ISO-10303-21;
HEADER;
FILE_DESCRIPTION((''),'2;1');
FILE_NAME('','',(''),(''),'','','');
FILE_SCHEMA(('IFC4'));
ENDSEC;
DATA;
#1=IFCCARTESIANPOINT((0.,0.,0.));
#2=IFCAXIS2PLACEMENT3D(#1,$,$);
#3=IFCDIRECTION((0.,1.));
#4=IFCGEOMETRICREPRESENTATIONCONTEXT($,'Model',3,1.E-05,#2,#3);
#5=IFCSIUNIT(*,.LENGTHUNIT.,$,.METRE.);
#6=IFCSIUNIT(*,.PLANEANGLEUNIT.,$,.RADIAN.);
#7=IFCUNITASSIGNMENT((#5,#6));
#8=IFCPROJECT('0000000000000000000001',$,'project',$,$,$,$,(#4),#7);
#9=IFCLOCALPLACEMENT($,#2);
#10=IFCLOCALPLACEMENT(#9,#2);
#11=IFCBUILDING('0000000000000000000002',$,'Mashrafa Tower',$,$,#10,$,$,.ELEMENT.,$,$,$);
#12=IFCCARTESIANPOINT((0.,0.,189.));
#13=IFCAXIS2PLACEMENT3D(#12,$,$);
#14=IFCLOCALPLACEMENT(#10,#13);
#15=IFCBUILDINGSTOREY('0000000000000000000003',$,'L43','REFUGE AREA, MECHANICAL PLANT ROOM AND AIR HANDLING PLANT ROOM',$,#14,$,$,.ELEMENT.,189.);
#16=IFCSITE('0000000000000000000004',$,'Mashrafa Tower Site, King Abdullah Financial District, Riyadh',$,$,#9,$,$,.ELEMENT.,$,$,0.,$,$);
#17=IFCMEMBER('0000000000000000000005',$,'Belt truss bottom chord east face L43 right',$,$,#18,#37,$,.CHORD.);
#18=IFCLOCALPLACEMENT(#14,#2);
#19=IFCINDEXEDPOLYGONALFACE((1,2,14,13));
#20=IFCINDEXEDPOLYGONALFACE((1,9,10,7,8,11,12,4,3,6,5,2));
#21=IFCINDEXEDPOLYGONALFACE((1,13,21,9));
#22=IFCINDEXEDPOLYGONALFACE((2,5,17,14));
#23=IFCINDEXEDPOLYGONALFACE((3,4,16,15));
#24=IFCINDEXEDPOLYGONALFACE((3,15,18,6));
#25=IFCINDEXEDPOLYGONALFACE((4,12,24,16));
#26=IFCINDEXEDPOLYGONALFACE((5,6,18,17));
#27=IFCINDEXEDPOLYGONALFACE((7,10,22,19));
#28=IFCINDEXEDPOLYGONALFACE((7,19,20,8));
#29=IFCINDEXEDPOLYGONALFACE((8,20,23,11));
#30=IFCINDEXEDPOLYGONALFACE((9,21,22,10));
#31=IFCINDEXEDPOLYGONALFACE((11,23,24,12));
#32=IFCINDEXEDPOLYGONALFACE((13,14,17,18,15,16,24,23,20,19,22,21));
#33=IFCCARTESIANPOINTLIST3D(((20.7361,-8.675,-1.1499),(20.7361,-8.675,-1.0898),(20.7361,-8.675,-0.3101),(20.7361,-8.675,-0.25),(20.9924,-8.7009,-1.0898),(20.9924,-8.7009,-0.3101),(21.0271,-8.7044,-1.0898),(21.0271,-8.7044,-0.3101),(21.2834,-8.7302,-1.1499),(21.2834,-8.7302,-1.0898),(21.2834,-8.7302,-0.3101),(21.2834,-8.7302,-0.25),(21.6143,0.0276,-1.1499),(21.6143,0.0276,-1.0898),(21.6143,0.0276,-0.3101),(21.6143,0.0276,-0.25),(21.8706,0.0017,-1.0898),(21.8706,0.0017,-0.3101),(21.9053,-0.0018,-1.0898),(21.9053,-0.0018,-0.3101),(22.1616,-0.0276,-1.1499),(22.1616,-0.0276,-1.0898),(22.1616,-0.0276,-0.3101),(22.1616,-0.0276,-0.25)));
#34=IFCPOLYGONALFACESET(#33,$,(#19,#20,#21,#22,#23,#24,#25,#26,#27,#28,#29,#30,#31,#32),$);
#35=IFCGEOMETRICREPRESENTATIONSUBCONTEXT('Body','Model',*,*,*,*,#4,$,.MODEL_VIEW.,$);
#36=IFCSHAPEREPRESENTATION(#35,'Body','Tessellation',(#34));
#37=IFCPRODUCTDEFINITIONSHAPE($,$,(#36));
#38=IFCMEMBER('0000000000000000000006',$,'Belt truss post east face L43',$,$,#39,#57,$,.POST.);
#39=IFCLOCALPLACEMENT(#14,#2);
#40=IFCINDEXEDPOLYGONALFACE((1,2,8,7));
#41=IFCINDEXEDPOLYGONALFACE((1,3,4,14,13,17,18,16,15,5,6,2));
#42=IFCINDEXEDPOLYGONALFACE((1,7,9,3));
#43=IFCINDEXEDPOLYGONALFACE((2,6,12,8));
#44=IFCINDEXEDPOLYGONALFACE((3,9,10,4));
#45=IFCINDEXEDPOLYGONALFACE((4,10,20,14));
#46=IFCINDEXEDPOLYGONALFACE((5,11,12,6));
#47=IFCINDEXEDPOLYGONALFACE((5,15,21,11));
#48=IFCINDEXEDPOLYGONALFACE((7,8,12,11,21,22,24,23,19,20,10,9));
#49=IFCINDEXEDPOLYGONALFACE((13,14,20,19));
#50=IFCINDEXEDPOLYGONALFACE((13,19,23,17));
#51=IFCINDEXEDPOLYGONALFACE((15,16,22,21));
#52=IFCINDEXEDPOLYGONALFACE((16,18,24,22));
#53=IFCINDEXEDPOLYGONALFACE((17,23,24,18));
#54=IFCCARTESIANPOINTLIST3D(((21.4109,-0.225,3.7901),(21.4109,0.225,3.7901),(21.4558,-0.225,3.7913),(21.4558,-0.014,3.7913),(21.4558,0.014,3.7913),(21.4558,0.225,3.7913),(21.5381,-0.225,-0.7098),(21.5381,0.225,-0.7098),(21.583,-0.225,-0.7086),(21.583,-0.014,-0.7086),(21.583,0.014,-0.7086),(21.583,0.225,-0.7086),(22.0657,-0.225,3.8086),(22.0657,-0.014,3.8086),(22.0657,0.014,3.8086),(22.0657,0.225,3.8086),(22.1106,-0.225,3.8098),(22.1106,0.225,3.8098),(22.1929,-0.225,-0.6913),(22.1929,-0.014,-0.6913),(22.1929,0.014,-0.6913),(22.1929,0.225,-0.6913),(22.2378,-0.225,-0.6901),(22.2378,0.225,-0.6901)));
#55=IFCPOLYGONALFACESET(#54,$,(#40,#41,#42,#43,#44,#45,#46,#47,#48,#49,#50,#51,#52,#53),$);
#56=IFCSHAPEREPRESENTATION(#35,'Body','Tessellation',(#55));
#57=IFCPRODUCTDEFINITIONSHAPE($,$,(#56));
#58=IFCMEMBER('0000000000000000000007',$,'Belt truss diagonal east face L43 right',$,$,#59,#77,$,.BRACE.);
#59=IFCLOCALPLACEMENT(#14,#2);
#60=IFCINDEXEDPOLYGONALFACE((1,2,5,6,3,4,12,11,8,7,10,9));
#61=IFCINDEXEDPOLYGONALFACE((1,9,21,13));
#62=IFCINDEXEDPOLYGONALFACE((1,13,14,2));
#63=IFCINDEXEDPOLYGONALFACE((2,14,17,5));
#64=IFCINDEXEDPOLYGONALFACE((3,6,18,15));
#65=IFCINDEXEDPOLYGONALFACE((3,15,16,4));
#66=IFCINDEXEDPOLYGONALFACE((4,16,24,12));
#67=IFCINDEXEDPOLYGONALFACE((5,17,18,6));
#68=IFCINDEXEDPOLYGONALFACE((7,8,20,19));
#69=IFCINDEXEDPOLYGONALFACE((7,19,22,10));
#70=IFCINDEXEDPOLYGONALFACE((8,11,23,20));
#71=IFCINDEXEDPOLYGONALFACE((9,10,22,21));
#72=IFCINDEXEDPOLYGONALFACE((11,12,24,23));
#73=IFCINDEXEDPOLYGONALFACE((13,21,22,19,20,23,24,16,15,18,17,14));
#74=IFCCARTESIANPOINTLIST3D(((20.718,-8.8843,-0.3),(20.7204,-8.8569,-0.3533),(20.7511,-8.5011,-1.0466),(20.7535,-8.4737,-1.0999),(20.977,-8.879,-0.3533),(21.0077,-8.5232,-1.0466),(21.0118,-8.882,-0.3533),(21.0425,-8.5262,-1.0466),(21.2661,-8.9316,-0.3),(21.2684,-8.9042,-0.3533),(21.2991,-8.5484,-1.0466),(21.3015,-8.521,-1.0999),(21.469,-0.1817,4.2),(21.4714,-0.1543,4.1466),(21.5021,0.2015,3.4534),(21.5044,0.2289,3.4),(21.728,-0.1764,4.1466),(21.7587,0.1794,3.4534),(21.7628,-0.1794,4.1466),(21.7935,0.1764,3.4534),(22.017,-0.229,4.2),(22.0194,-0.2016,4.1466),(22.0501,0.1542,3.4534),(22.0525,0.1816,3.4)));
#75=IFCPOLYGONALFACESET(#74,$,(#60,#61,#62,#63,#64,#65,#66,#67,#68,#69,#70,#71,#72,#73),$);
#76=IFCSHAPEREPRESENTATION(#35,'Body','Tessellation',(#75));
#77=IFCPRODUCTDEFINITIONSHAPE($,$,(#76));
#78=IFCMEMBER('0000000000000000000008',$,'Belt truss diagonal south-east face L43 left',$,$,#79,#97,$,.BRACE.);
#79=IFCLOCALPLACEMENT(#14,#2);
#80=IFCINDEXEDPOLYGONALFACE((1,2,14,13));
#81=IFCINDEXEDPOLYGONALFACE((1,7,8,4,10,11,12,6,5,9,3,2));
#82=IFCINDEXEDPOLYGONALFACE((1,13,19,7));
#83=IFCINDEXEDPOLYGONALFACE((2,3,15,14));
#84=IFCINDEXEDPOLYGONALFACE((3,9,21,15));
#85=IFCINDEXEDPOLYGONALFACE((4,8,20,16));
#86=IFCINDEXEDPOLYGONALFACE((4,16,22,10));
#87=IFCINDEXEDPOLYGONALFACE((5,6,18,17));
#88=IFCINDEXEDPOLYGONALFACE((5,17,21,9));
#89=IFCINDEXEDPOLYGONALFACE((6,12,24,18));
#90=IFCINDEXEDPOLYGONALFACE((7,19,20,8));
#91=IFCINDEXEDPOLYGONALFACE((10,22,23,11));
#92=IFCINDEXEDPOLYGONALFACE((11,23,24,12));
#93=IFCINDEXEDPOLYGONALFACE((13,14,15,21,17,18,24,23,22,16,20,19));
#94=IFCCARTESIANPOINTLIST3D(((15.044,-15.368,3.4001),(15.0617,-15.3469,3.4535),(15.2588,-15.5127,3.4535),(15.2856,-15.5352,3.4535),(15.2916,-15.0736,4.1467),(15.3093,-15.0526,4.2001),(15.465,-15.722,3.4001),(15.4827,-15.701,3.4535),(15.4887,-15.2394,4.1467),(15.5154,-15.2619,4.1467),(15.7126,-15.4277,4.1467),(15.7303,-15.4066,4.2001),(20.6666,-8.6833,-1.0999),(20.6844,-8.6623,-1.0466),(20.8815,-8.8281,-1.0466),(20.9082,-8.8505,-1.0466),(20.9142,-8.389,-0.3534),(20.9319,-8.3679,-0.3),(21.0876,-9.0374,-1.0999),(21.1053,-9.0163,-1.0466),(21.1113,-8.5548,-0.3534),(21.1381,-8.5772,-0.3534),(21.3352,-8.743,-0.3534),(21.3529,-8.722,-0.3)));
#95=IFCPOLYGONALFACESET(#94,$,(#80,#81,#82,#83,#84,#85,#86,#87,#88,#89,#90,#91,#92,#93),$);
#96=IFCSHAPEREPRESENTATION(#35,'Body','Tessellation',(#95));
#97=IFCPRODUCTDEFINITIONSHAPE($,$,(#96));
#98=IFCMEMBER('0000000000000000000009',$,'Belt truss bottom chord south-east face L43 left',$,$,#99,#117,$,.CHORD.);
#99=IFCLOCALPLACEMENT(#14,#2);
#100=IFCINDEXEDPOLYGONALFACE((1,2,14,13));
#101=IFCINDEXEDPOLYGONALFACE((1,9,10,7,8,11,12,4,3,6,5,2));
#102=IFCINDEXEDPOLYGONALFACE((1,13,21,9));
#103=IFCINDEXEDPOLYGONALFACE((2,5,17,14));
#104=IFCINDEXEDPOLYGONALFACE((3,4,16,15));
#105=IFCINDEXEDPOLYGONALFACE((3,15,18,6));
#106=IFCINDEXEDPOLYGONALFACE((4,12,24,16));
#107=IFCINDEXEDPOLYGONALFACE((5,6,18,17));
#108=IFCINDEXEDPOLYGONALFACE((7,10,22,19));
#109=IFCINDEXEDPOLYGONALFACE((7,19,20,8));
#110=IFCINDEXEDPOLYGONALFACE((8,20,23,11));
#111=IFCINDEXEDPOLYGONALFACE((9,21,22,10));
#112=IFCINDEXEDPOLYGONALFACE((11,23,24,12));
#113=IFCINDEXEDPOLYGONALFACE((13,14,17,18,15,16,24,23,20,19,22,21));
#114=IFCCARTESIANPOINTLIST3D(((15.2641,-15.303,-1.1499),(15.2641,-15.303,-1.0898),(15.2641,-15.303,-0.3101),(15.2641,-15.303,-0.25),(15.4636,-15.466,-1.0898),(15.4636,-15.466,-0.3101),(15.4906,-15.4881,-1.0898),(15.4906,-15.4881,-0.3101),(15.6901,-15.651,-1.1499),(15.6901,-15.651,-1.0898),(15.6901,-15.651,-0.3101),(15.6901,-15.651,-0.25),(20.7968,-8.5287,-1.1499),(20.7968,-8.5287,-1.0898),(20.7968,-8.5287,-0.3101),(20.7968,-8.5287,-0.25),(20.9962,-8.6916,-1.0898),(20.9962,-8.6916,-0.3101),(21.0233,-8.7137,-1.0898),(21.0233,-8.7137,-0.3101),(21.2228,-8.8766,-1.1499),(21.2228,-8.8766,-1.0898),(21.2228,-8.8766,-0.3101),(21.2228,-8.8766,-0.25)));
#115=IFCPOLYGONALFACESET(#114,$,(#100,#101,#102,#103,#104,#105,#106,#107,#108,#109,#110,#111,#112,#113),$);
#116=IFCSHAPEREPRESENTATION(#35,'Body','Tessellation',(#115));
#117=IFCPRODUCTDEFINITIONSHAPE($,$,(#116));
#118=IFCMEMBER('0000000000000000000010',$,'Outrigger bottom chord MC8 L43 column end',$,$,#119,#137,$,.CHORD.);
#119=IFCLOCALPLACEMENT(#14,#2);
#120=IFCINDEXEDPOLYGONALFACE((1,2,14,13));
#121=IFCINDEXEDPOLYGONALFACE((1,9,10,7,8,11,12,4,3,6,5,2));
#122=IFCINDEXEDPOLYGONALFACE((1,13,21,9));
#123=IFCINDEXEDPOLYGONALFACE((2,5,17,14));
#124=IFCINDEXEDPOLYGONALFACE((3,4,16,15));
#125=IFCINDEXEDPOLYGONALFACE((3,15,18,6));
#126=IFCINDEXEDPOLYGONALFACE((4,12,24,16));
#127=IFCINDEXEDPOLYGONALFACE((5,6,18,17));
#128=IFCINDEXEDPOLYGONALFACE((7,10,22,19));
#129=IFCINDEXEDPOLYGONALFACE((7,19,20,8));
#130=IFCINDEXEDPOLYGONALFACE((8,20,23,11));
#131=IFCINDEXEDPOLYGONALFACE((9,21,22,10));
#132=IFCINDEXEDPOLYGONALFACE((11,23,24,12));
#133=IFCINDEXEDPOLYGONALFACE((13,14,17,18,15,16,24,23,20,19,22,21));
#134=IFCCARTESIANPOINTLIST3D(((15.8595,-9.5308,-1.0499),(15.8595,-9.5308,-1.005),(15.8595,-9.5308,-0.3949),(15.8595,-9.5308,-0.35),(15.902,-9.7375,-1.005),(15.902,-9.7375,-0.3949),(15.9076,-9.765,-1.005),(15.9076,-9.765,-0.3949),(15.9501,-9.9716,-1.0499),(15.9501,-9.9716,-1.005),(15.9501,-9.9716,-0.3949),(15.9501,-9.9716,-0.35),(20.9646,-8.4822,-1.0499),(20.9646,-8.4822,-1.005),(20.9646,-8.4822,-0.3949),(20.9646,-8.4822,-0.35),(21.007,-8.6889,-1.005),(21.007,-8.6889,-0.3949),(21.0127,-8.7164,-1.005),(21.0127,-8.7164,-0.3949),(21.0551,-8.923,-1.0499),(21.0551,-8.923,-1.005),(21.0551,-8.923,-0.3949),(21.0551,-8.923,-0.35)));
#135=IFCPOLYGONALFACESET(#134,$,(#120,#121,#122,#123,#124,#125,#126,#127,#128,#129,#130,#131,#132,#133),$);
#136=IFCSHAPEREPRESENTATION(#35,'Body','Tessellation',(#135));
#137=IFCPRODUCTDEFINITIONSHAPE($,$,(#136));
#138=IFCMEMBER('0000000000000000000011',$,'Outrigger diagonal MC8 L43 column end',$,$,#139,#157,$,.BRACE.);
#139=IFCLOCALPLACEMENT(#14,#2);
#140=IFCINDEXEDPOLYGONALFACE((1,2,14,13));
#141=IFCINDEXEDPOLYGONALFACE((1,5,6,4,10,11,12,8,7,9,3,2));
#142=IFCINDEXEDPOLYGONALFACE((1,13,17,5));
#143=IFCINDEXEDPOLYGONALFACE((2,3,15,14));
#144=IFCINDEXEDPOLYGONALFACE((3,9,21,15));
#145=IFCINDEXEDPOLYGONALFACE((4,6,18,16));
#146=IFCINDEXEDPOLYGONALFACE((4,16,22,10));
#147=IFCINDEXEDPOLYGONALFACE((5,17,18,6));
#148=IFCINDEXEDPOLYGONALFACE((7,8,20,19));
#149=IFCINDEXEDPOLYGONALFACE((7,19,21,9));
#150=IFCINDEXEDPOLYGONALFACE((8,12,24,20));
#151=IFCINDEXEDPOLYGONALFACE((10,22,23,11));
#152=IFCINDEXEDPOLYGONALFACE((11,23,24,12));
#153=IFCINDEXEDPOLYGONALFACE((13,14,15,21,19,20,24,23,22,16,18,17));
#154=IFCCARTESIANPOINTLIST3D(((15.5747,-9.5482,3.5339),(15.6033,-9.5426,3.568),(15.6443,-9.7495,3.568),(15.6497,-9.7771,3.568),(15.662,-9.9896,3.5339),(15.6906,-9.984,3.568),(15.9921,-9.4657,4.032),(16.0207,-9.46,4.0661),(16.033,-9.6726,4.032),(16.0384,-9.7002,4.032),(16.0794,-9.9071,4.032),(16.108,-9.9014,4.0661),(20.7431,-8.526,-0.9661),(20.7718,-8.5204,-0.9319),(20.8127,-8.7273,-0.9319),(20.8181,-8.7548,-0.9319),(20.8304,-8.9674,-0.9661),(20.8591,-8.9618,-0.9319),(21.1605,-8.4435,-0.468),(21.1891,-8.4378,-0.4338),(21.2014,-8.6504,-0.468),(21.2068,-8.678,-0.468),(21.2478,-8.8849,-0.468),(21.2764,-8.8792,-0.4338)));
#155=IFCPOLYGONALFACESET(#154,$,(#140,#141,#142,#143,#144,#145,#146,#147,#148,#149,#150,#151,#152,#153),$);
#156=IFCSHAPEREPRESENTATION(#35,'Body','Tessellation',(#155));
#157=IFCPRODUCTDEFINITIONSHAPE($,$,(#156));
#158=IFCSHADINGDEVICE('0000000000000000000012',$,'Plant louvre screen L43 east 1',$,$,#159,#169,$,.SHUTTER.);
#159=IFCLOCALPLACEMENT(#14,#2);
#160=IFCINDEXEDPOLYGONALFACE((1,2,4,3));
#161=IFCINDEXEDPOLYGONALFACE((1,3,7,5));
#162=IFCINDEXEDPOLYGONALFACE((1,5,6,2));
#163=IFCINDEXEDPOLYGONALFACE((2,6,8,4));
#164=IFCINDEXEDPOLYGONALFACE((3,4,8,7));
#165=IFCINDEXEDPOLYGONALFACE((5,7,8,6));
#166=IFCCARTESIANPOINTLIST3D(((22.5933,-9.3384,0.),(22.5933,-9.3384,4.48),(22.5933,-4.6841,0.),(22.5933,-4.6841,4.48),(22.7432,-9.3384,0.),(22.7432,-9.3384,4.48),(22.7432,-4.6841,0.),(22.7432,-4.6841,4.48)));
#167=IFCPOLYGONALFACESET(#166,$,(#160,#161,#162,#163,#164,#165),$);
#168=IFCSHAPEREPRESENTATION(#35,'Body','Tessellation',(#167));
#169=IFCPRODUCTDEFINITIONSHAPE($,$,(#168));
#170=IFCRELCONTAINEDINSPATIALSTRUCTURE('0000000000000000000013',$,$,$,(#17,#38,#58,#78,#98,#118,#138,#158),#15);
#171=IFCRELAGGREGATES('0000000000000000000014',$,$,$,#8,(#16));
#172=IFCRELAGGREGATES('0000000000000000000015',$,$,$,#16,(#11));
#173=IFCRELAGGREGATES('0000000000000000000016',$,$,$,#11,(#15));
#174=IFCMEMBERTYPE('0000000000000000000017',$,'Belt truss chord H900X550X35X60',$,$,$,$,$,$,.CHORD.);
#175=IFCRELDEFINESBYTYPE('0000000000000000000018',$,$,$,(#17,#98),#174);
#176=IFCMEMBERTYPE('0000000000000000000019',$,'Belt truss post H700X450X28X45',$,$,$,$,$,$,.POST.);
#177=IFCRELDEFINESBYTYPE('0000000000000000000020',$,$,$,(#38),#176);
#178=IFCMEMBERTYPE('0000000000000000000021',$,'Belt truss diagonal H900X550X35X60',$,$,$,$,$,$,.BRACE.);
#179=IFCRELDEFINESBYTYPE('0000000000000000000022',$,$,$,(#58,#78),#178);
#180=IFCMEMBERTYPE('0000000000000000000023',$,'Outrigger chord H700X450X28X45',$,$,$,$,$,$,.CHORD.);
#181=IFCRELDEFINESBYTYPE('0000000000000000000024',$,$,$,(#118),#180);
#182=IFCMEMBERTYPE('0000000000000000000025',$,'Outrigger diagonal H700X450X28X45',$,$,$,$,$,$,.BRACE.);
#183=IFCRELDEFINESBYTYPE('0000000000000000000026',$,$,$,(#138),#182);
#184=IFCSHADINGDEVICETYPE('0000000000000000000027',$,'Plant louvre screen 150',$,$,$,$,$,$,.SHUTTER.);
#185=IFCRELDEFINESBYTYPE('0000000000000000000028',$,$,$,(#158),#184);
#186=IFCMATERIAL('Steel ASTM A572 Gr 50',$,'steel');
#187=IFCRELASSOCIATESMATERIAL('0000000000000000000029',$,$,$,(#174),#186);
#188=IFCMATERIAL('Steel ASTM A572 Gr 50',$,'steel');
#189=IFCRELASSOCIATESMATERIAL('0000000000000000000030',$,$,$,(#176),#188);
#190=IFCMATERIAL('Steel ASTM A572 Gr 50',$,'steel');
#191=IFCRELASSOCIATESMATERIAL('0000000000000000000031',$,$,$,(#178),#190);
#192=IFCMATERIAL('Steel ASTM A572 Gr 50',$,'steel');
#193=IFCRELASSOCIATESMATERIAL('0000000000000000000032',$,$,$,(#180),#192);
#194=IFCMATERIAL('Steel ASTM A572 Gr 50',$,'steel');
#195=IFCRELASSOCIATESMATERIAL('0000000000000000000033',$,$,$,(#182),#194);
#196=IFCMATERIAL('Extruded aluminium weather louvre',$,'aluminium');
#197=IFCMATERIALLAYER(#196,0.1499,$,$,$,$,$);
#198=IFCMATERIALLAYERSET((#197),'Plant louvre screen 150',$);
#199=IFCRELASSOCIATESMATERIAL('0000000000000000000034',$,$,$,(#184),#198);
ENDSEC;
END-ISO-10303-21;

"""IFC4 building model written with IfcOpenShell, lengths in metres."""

from ifc_helpers import new_model, si_unit, direction, frame, origin, origin_2d, place, context, subcontext, project, spatial, rectangle, i_section, extrude, source, transform, mapped, material, layer, layer_set, material_profile, profile_set, type_object, type_shapes, element, save


model = new_model("IFC4")

# Units and contexts
model_context = context("Model", 3, precision=1e-05, world=origin(), true_north=direction((0.0, 1.0)))
body_context = subcontext(model_context, "Body", "Model", "MODEL_VIEW")
ifc_project = project(units=[si_unit("LENGTHUNIT", "METRE"), si_unit("PLANEANGLEUNIT", "RADIAN")], contexts=[model_context])

# Site, building, storey
site_placement = place(None, origin())
site = spatial("IfcSite", under=ifc_project, at=site_placement, Name="Mashrafa Tower Site, King Abdullah Financial District, Riyadh", CompositionType="ELEMENT", RefElevation=0.0)
building_placement = place(site_placement, origin())
building = spatial("IfcBuilding", under=site, at=building_placement, Name="Mashrafa Tower", CompositionType="ELEMENT")
storey_placement = place(building_placement, frame((0.0, 0.0, 189.0)))
storey = spatial("IfcBuildingStorey", under=building, at=storey_placement, Name="L43", Description="REFUGE AREA, MECHANICAL PLANT ROOM AND AIR HANDLING PLANT ROOM", CompositionType="ELEMENT", Elevation=189.0)

# Members
ifc_material_1 = material(Name="Steel ASTM A572 Gr 50", Category="steel")
ifc_material_profile_1 = material_profile(ifc_material_1, i_section(OverallWidth=0.55, OverallDepth=0.8999, WebThickness=0.0349, FlangeThickness=0.0601, at=origin_2d()), Name="H900X550X35X60")
ifc_profile_set_1 = profile_set([ifc_material_profile_1], Name="Steel ASTM A572 Gr 50")
member_type_1 = type_object("IfcMemberType", Name="Belt truss chord H900X550X35X60", PredefinedType="CHORD", material=ifc_profile_set_1)
shared_shape_1 = source(origin(), body_context, "Body", "SweptSolid", [
    extrude(i_section(OverallWidth=0.55, OverallDepth=0.8999, WebThickness=0.0349, FlangeThickness=0.0601, at=origin_2d()), origin(), (0.0, 0.0, 1.0), 8.7468),
])
member_1_placement = place(storey_placement, frame((21.0098, -8.7026, -0.7), z_axis=(0.100399, 0.994947, 0.0), x_axis=(-0.994947, 0.100399, 0.0)))
element("IfcMember", 1, at=member_1_placement, inside=storey, type_object=member_type_1, Name="Belt truss bottom chord east face L43 right", PredefinedType="CHORD", context=body_context, shape_type="MappedRepresentation", body=[
    mapped(shared_shape_1, transform((0.0, 0.0, 0.0))),
])
ifc_material_2 = material(Name="Steel ASTM A572 Gr 50", Category="steel")
ifc_material_profile_2 = material_profile(ifc_material_2, i_section(OverallWidth=0.45, OverallDepth=0.7, WebThickness=0.0281, FlangeThickness=0.0449, at=origin_2d()), Name="H700X450X28X45")
ifc_profile_set_2 = profile_set([ifc_material_profile_2], Name="Steel ASTM A572 Gr 50")
member_type_2 = type_object("IfcMemberType", Name="Belt truss post H700X450X28X45", PredefinedType="POST", material=ifc_profile_set_2)
shared_shape_2 = source(origin(), body_context, "Body", "SweptSolid", [
    extrude(i_section(OverallWidth=0.45, OverallDepth=0.7, WebThickness=0.0281, FlangeThickness=0.0449, at=origin_2d()), origin(), (0.0, 0.0, 1.0), 4.5017),
])
type_shapes(member_type_2, [shared_shape_2])
member_2_placement = place(storey_placement, frame((21.8879, 0.0, -0.7), z_axis=(-0.028255, 0.0, 0.999601), x_axis=(0.0, -1.0, 0.0)))
element("IfcMember", 2, at=member_2_placement, inside=storey, type_object=member_type_2, Name="Belt truss post east face L43", PredefinedType="POST", context=body_context, shape_type="MappedRepresentation", body=[
    mapped(shared_shape_2, transform((0.0, 0.0, 0.0))),
])
ifc_material_3 = material(Name="Steel ASTM A572 Gr 50", Category="steel")
ifc_material_profile_3 = material_profile(ifc_material_3, i_section(OverallWidth=0.55, OverallDepth=0.8999, WebThickness=0.0349, FlangeThickness=0.0601, at=origin_2d()), Name="H900X550X35X60")
ifc_profile_set_3 = profile_set([ifc_material_profile_3], Name="Steel ASTM A572 Gr 50")
member_type_3 = type_object("IfcMemberType", Name="Belt truss diagonal H900X550X35X60", PredefinedType="BRACE", material=ifc_profile_set_3)
shared_shape_3 = source(origin(), body_context, "Body", "SweptSolid", [
    extrude(i_section(OverallWidth=0.55, OverallDepth=0.8999, WebThickness=0.0349, FlangeThickness=0.0601, at=origin_2d()), origin(), (0.0, 0.0, 1.0), 9.8259),
])
type_shapes(member_type_3, [shared_shape_3])
for number, where, z_axis, x_axis, name in (
    (3, (21.0098, -8.7026, -0.7), (0.076428, 0.885676, 0.45797), (-0.996297, 0.085973, 0.0), "Belt truss diagonal east face L43 right"),
    (4, (21.0098, -8.7026, -0.7), (-0.572223, -0.680307, 0.457977), (0.765281, -0.643697, 0.0), "Belt truss diagonal south-east face L43 left"),
):
    element("IfcMember", number, at=place(storey_placement, frame(where, z_axis=z_axis, x_axis=x_axis)), inside=storey, type_object=member_type_3, Name=name, PredefinedType="BRACE", context=body_context, shape_type="MappedRepresentation", body=[
        mapped(shared_shape_3, transform((0.0, 0.0, 0.0))),
    ])
shared_shape_4 = source(origin(), body_context, "Body", "SweptSolid", [
    extrude(i_section(OverallWidth=0.55, OverallDepth=0.8999, WebThickness=0.0349, FlangeThickness=0.0601, at=origin_2d()), origin(), (0.0, 0.0, 1.0), 8.7466),
])
type_shapes(member_type_1, [shared_shape_1, shared_shape_4])
member_3_placement = place(storey_placement, frame((21.0098, -8.7026, -0.7), z_axis=(-0.632554, -0.774517, 0.0), x_axis=(0.774517, -0.632554, 0.0)))
element("IfcMember", 5, at=member_3_placement, inside=storey, type_object=member_type_1, Name="Belt truss bottom chord south-east face L43 left", PredefinedType="CHORD", context=body_context, shape_type="MappedRepresentation", body=[
    mapped(shared_shape_4, transform((0.0, 0.0, 0.0))),
])
ifc_material_4 = material(Name="Steel ASTM A572 Gr 50", Category="steel")
ifc_material_profile_4 = material_profile(ifc_material_4, i_section(OverallWidth=0.45, OverallDepth=0.7, WebThickness=0.0281, FlangeThickness=0.0449, at=origin_2d()), Name="H700X450X28X45")
ifc_profile_set_4 = profile_set([ifc_material_profile_4], Name="Steel ASTM A572 Gr 50")
member_type_4 = type_object("IfcMemberType", Name="Outrigger chord H700X450X28X45", PredefinedType="CHORD", material=ifc_profile_set_4)
shared_shape_5 = source(origin(), body_context, "Body", "SweptSolid", [
    extrude(i_section(OverallWidth=0.45, OverallDepth=0.7, WebThickness=0.0281, FlangeThickness=0.0449, at=origin_2d()), origin(), (0.0, 0.0, 1.0), 5.2117),
])
type_shapes(member_type_4, [shared_shape_5])
member_4_placement = place(storey_placement, frame((15.9048, -9.7512, -0.7), z_axis=(0.979549, 0.201203, 0.0), x_axis=(-0.201203, 0.979549, 0.0)))
element("IfcMember", 6, at=member_4_placement, inside=storey, type_object=member_type_4, Name="Outrigger bottom chord MC8 L43 column end", PredefinedType="CHORD", context=body_context, shape_type="MappedRepresentation", body=[
    mapped(shared_shape_5, transform((0.0, 0.0, 0.0))),
])
ifc_material_5 = material(Name="Steel ASTM A572 Gr 50", Category="steel")
ifc_material_profile_5 = material_profile(ifc_material_5, i_section(OverallWidth=0.45, OverallDepth=0.7, WebThickness=0.0281, FlangeThickness=0.0449, at=origin_2d()), Name="H700X450X28X45")
ifc_profile_set_5 = profile_set([ifc_material_profile_5], Name="Steel ASTM A572 Gr 50")
member_type_5 = type_object("IfcMemberType", Name="Outrigger diagonal H700X450X28X45", PredefinedType="BRACE", material=ifc_profile_set_5)
shared_shape_6 = source(origin(), body_context, "Body", "SweptSolid", [
    extrude(i_section(OverallWidth=0.45, OverallDepth=0.7, WebThickness=0.0281, FlangeThickness=0.0449, at=origin_2d()), origin(), (0.0, 0.0, 1.0), 6.9287),
])
type_shapes(member_type_5, [shared_shape_6])
member_5_placement = place(storey_placement, frame((21.0098, -8.7026, -0.7), z_axis=(-0.745941, -0.147532, 0.649466), x_axis=(0.194022, -0.980997, 0.0)))
element("IfcMember", 7, at=member_5_placement, inside=storey, type_object=member_type_5, Name="Outrigger diagonal MC8 L43 column end", PredefinedType="BRACE", context=body_context, shape_type="MappedRepresentation", body=[
    mapped(shared_shape_6, transform((0.0, 0.0, 0.0))),
])

# Shading device
ifc_material_6 = material(Name="Extruded aluminium weather louvre", Category="aluminium")
ifc_layer = layer(ifc_material_6, 0.1499)
ifc_layer_set = layer_set([ifc_layer], Name="Plant louvre screen 150")
shading_device_type = type_object("IfcShadingDeviceType", Name="Plant louvre screen 150", PredefinedType="SHUTTER", material=ifc_layer_set)
shared_shape_7 = source(origin(), body_context, "Body", "SweptSolid", [
    extrude(rectangle(XDim=4.6543, YDim=0.1499, at=origin_2d()), origin(), (0.0, 0.0, 1.0), 4.48),
])
type_shapes(shading_device_type, [shared_shape_7])
for number, where, z_axis, x_axis, name in (
    (8, (22.6682, -7.0112, 0.0), (0.0, 0.0, 1.0), (0.0, 1.0, 0.0), "Plant louvre screen L43 east 1"),
):
    element("IfcShadingDevice", number, at=place(storey_placement, frame(where, z_axis=z_axis, x_axis=x_axis)), inside=storey, type_object=shading_device_type, Name=name, PredefinedType="SHUTTER", context=body_context, shape_type="MappedRepresentation", body=[
        mapped(shared_shape_7, transform((0.0, 0.0, 0.0))),
    ])

save(model, "model.ifc")
